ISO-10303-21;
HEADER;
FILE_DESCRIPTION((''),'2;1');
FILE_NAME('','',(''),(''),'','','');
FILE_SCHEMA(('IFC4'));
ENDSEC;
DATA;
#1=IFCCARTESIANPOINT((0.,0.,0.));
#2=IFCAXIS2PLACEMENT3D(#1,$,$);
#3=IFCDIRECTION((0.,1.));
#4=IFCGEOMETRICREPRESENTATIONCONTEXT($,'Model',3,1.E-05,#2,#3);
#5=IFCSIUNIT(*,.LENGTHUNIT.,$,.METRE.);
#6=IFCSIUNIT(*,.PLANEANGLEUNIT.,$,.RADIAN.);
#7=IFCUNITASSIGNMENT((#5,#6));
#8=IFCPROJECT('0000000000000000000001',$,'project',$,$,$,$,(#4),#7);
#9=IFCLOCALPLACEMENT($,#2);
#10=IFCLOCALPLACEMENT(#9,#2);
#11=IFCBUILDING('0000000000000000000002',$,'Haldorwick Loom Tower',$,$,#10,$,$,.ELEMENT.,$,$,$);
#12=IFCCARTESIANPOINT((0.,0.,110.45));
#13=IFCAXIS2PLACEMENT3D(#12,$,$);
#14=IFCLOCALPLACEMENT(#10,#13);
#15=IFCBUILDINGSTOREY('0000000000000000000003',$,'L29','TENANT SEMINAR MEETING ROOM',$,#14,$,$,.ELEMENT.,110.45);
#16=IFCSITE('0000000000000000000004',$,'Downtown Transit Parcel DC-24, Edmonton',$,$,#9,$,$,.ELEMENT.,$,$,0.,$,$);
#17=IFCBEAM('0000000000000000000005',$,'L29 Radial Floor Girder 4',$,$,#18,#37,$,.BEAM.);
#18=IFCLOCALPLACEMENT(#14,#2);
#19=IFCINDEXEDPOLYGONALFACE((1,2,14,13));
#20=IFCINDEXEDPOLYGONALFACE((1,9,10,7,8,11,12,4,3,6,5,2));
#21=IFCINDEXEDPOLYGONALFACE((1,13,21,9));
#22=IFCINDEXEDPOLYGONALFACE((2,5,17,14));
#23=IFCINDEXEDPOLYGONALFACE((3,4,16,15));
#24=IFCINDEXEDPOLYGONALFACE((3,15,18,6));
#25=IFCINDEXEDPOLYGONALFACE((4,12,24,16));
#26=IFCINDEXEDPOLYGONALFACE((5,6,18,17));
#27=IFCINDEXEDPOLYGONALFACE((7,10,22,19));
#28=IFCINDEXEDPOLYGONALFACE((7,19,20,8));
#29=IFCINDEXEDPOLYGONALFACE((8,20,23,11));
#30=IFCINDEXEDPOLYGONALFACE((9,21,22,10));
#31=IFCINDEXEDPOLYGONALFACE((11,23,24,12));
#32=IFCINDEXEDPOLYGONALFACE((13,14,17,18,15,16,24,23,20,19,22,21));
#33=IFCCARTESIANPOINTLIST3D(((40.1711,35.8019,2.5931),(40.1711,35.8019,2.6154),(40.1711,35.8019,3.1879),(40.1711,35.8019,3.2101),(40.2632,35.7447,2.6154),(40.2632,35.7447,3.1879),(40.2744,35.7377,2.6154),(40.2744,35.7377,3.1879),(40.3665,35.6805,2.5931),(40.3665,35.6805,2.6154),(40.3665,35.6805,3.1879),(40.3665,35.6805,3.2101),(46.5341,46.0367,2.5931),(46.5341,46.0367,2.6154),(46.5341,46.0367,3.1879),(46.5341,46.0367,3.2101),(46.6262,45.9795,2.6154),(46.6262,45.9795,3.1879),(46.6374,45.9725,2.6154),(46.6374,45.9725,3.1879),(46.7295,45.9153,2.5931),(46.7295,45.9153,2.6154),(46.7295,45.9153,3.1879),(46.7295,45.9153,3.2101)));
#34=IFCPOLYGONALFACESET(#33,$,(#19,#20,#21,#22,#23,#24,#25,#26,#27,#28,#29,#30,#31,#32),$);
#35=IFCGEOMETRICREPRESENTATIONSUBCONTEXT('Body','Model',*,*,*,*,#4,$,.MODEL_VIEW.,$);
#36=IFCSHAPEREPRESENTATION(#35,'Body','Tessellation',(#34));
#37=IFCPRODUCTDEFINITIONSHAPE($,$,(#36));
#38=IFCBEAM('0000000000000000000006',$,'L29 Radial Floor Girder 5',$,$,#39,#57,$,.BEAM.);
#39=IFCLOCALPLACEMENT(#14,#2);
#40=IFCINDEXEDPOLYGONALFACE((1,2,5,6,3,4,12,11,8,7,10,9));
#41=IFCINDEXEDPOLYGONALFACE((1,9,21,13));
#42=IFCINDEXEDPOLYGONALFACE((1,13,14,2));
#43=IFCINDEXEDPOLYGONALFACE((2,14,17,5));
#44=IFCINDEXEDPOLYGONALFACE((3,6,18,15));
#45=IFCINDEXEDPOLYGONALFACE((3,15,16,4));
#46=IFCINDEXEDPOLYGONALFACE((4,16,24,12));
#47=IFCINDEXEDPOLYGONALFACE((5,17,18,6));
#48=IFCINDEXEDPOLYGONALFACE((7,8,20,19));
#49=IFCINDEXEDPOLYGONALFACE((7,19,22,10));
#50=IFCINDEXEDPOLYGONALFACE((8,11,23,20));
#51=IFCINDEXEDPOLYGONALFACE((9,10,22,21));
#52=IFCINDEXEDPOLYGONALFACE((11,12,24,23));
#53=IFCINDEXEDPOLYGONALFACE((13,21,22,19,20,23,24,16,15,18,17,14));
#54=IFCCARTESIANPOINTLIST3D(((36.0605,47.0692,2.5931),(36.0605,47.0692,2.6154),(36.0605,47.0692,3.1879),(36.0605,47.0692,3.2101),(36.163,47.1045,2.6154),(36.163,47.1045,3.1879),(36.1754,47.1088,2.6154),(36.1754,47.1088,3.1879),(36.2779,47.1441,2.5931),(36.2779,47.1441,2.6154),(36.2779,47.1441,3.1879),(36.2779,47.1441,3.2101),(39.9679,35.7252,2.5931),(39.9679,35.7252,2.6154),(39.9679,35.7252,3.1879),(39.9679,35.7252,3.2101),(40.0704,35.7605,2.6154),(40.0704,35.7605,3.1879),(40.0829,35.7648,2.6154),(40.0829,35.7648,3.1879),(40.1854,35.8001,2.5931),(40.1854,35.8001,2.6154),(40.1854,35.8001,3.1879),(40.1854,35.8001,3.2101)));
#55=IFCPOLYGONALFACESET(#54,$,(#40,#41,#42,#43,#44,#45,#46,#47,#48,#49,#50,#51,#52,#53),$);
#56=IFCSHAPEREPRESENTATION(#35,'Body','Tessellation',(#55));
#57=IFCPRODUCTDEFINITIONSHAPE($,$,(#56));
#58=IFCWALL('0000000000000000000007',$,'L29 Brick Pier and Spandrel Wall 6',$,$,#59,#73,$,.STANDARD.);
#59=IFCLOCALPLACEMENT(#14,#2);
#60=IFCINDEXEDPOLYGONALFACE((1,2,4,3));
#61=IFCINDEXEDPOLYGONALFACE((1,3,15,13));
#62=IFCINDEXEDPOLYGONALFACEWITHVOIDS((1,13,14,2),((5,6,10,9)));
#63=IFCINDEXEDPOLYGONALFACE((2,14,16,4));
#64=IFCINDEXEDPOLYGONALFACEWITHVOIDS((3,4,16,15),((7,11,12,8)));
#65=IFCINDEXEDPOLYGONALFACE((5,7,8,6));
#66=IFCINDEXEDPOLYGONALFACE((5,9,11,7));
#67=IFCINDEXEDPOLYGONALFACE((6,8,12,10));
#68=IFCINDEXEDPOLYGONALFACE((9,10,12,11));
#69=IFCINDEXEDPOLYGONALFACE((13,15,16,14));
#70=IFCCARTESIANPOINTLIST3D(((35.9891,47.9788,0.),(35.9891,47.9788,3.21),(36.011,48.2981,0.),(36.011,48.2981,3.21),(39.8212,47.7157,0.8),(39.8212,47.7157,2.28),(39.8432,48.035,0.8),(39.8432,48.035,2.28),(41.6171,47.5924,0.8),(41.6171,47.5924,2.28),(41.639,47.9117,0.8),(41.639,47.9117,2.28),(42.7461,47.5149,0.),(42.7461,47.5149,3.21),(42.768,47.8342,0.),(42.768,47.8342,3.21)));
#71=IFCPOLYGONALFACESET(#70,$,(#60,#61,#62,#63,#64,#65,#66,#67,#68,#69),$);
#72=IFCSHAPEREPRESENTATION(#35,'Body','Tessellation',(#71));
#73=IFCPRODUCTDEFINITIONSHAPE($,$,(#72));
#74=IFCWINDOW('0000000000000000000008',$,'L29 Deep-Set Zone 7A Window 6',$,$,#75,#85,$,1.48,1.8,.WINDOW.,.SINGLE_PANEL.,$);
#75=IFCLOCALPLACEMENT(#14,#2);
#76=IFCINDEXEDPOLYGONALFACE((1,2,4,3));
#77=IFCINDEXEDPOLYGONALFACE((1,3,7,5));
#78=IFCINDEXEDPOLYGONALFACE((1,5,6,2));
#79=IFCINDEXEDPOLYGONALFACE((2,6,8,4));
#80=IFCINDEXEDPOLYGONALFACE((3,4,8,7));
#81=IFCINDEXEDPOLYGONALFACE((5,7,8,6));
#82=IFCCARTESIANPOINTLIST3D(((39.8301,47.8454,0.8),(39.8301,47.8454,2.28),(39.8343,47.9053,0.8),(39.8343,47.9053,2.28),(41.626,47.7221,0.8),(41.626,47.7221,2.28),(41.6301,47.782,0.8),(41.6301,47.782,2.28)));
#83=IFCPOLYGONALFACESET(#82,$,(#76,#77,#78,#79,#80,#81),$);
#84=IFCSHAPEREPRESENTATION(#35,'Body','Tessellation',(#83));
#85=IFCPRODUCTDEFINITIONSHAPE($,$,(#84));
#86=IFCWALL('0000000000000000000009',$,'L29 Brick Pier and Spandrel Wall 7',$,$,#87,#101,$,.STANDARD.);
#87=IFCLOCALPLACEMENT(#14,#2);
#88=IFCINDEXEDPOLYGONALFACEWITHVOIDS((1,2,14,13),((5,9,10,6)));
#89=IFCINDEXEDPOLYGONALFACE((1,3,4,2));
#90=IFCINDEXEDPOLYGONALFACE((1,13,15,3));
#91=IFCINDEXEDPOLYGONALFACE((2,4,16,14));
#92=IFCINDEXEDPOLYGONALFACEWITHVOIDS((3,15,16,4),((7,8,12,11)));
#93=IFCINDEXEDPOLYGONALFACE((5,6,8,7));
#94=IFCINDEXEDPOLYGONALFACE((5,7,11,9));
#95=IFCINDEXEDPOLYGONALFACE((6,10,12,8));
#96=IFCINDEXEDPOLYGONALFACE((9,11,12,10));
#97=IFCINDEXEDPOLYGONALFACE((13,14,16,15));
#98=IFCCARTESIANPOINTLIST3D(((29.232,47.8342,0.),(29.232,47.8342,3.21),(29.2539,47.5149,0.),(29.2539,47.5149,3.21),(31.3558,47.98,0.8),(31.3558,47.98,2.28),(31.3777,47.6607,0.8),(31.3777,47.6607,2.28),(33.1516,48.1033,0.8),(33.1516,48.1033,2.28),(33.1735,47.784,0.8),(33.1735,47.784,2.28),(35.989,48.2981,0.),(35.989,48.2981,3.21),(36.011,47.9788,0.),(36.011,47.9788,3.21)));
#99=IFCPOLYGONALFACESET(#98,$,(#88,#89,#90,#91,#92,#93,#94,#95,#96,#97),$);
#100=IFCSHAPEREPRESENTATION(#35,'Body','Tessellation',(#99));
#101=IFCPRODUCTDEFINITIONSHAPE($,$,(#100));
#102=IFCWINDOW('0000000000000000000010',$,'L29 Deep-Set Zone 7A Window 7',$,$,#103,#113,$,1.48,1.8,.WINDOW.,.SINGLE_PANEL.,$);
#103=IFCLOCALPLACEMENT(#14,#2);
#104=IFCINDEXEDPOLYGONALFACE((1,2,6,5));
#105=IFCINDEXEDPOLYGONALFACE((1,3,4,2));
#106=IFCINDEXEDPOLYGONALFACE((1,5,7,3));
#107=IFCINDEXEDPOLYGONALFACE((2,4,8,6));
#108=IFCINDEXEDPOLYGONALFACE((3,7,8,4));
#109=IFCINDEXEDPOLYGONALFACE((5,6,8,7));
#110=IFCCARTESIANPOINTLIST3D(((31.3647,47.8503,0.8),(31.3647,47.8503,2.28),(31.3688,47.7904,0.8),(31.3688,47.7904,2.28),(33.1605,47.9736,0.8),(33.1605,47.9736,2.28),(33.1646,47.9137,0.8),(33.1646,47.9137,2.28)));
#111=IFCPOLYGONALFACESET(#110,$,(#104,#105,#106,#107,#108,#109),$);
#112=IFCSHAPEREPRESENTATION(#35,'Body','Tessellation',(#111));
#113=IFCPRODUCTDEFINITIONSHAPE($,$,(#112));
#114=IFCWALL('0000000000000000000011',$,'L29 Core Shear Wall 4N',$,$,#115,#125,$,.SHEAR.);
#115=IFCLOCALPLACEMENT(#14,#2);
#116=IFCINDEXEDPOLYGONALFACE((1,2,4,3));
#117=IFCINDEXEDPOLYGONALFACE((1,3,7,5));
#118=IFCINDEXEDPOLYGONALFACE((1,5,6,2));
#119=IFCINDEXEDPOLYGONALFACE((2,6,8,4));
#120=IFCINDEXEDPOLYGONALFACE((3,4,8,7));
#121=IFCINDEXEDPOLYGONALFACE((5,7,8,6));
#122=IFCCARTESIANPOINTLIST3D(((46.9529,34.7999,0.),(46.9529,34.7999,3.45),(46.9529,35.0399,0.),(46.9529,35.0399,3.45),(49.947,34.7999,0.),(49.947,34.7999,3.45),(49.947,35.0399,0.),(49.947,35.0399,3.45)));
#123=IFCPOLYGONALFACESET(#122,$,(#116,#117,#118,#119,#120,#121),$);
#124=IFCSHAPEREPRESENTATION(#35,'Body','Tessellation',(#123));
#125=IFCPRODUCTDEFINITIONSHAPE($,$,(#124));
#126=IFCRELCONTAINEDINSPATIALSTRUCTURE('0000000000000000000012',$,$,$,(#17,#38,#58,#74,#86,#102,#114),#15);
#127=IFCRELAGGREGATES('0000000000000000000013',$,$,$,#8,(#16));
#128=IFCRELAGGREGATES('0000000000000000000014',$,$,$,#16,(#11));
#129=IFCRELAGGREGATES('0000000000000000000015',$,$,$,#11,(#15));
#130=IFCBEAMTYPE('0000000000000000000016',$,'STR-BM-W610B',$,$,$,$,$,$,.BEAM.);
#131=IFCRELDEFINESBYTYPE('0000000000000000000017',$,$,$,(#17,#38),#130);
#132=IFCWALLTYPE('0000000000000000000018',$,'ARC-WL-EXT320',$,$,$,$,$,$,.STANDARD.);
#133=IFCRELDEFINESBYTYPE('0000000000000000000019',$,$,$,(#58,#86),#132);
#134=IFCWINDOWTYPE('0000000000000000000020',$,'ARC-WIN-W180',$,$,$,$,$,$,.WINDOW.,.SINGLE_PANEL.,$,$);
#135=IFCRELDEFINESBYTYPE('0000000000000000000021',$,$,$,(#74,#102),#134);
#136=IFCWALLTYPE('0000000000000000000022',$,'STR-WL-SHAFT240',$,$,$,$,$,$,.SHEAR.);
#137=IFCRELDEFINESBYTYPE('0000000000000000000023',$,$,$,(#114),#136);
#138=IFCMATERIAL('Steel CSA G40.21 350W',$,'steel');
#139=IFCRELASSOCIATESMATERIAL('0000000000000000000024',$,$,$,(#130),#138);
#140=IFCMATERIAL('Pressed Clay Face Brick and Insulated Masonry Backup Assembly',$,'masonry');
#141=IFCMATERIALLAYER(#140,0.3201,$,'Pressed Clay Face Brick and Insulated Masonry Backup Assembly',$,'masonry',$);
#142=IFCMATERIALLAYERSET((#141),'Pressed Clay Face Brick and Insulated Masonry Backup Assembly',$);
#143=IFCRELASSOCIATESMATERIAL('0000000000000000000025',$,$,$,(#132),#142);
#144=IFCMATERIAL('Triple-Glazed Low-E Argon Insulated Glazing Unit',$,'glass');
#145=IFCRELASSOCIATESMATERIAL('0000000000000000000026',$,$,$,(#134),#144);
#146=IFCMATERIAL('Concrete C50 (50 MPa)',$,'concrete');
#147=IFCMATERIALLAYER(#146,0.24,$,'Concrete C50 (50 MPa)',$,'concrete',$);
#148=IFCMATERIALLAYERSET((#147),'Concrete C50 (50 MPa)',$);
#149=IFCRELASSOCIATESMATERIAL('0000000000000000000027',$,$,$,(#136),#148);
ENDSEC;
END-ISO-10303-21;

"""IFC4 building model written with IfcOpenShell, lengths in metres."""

from ifc_helpers import new_model, si_unit, direction, frame, frame_2d, origin, origin_2d, place, context, subcontext, project, spatial, rectangle, i_section, extrude, material, layer, layer_set, material_profile, profile_set, type_object, element, fill, save


model = new_model("IFC4")

# Units and contexts
model_context = context("Model", 3, precision=1e-05, world=origin(), true_north=direction((0.0, 1.0)))
body_context = subcontext(model_context, "Body", "Model", "MODEL_VIEW")
ifc_project = project(units=[si_unit("LENGTHUNIT", "METRE"), si_unit("PLANEANGLEUNIT", "RADIAN")], contexts=[model_context])

# Site, building, storey
site_placement = place(None, origin())
site = spatial("IfcSite", under=ifc_project, at=site_placement, Name="Downtown Transit Parcel DC-24, Edmonton", CompositionType="ELEMENT", RefElevation=0.0)
building_placement = place(site_placement, origin())
building = spatial("IfcBuilding", under=site, at=building_placement, Name="Haldorwick Loom Tower", CompositionType="ELEMENT")
storey_placement = place(building_placement, frame((0.0, 0.0, 110.45)))
storey = spatial("IfcBuildingStorey", under=building, at=storey_placement, Name="L29", Description="TENANT SEMINAR MEETING ROOM", CompositionType="ELEMENT", Elevation=110.45)

# Beams
ifc_material_1 = material(Name="Steel CSA G40.21 350W", Category="steel")
ifc_material_profile_1 = material_profile(ifc_material_1, i_section(OverallWidth=0.23, OverallDepth=0.6169, WebThickness=0.0132, FlangeThickness=0.0222, at=origin_2d()), Name="W610X140", Category="steel")
ifc_profile_set_1 = profile_set([ifc_material_profile_1], Name="Steel CSA G40.21 350W")
beam_type_1 = type_object("IfcBeamType", Name="STR-BM-W610B", PredefinedType="BEAM", material=ifc_profile_set_1)
beam_1_placement = place(storey_placement, frame((40.2688, 35.7412, 2.9016), z_axis=(0.527983, 0.849255, 0.0), x_axis=(-0.849255, 0.527983, 0.0)))
element("IfcBeam", 1, at=beam_1_placement, inside=storey, type_object=beam_type_1, Name="L29 Radial Floor Girder 4", PredefinedType="BEAM", context=body_context, shape_type="SweptSolid", body=[
    extrude(i_section(OverallWidth=0.23, OverallDepth=0.6169, WebThickness=0.0132, FlangeThickness=0.0222, at=origin_2d()), origin(), (0.0, 0.0, 1.0), 12.0515),
])
beam_2_placement = place(storey_placement, frame((40.0767, 35.7627, 2.9016), z_axis=(-0.325674, 0.945482, 0.0), x_axis=(-0.945482, -0.325674, 0.0)))
element("IfcBeam", 2, at=beam_2_placement, inside=storey, type_object=beam_type_1, Name="L29 Radial Floor Girder 5", PredefinedType="BEAM", context=body_context, shape_type="SweptSolid", body=[
    extrude(i_section(OverallWidth=0.23, OverallDepth=0.6169, WebThickness=0.0132, FlangeThickness=0.0222, at=origin_2d()), origin(), (0.0, 0.0, 1.0), 11.998),
])

# Walls, openings, windows
ifc_material_2 = material(Name="Pressed Clay Face Brick and Insulated Masonry Backup Assembly", Category="masonry")
ifc_layer_1 = layer(ifc_material_2, 0.3201, Name="Pressed Clay Face Brick and Insulated Masonry Backup Assembly", Category="masonry")
ifc_layer_set_1 = layer_set([ifc_layer_1], Name="Pressed Clay Face Brick and Insulated Masonry Backup Assembly")
wall_type_1 = type_object("IfcWallType", Name="ARC-WL-EXT320", PredefinedType="STANDARD", material=ifc_layer_set_1)
wall_1_placement = place(storey_placement, frame((42.7571, 47.6746, 0.0), z_axis=(0.0, 0.0, 1.0), x_axis=(-0.997652, 0.068488, 0.0)))
wall_1 = element("IfcWall", 3, at=wall_1_placement, inside=storey, type_object=wall_type_1, Name="L29 Brick Pier and Spandrel Wall 6", PredefinedType="STANDARD", context=body_context, shape_type="SweptSolid", body=[
    extrude(rectangle(XDim=6.7729, YDim=0.3201, at=frame_2d((3.3865, 0.0))), origin(), (0.0, 0.0, 1.0), 3.21),
])
opening_1_placement = place(wall_1_placement, frame((1.1318, 0.0, 0.8)))
opening_1 = element("IfcOpeningElement", 4, at=opening_1_placement, cuts=wall_1, PredefinedType="OPENING", context=body_context, shape_type="SweptSolid", body=[
    extrude(rectangle(XDim=1.8, YDim=1.48, at=frame_2d((0.8999, 0.74))), frame((0.0, 0.1699, 0.0), z_axis=(0.0, -1.0, 0.0), x_axis=(1.0, 0.0, 0.0)), (0.0, 0.0, 1.0), 0.3401),
])
ifc_material_3 = material(Name="Triple-Glazed Low-E Argon Insulated Glazing Unit", Category="glass")
window_type = type_object("IfcWindowType", Name="ARC-WIN-W180", PartitioningType="SINGLE_PANEL", PredefinedType="WINDOW", material=ifc_material_3)
window_1_placement = place(opening_1_placement, origin())
window_1 = element("IfcWindow", 5, at=window_1_placement, inside=storey, type_object=window_type, Name="L29 Deep-Set Zone 7A Window 6", OverallHeight=1.48, OverallWidth=1.8, PartitioningType="SINGLE_PANEL", PredefinedType="WINDOW", context=body_context, shape_type="SweptSolid", body=[
    extrude(rectangle(XDim=1.8, YDim=1.48, at=frame_2d((0.8999, 0.74))), frame((0.0, 0.03, 0.0), z_axis=(0.0, -1.0, 0.0), x_axis=(1.0, 0.0, 0.0)), (0.0, 0.0, 1.0), 0.0601),
])
fill(opening_1, window_1)
wall_2_placement = place(storey_placement, frame((36.0, 48.1384, 0.0), z_axis=(0.0, 0.0, 1.0), x_axis=(-0.997652, -0.068488, 0.0)))
wall_2 = element("IfcWall", 6, at=wall_2_placement, inside=storey, type_object=wall_type_1, Name="L29 Brick Pier and Spandrel Wall 7", PredefinedType="STANDARD", context=body_context, shape_type="SweptSolid", body=[
    extrude(rectangle(XDim=6.7729, YDim=0.3201, at=frame_2d((3.3865, 0.0))), origin(), (0.0, 0.0, 1.0), 3.21),
])
opening_2_placement = place(wall_2_placement, frame((2.8442, 0.0, 0.8)))
opening_2 = element("IfcOpeningElement", 7, at=opening_2_placement, cuts=wall_2, PredefinedType="OPENING", context=body_context, shape_type="SweptSolid", body=[
    extrude(rectangle(XDim=1.8, YDim=1.48, at=frame_2d((0.8999, 0.74))), frame((0.0, 0.1699, 0.0), z_axis=(0.0, -1.0, 0.0), x_axis=(1.0, 0.0, 0.0)), (0.0, 0.0, 1.0), 0.3401),
])
window_2_placement = place(opening_2_placement, origin())
window_2 = element("IfcWindow", 8, at=window_2_placement, inside=storey, type_object=window_type, Name="L29 Deep-Set Zone 7A Window 7", OverallHeight=1.48, OverallWidth=1.8, PartitioningType="SINGLE_PANEL", PredefinedType="WINDOW", context=body_context, shape_type="SweptSolid", body=[
    extrude(rectangle(XDim=1.8, YDim=1.48, at=frame_2d((0.8999, 0.74))), frame((0.0, 0.03, 0.0), z_axis=(0.0, -1.0, 0.0), x_axis=(1.0, 0.0, 0.0)), (0.0, 0.0, 1.0), 0.0601),
])
fill(opening_2, window_2)

# Wall
ifc_material_4 = material(Name="Concrete C50 (50 MPa)", Category="concrete")
ifc_layer_2 = layer(ifc_material_4, 0.24, Name="Concrete C50 (50 MPa)", Category="concrete")
ifc_layer_set_2 = layer_set([ifc_layer_2], Name="Concrete C50 (50 MPa)")
wall_type_2 = type_object("IfcWallType", Name="STR-WL-SHAFT240", PredefinedType="SHEAR", material=ifc_layer_set_2)
wall_3_placement = place(storey_placement, frame((46.9529, 34.9199, 0.0), z_axis=(0.0, 0.0, 1.0), x_axis=(1.0, 0.0, 0.0)))
element("IfcWall", 9, at=wall_3_placement, inside=storey, type_object=wall_type_2, Name="L29 Core Shear Wall 4N", PredefinedType="SHEAR", context=body_context, shape_type="SweptSolid", body=[
    extrude(rectangle(XDim=2.9941, YDim=0.24, at=frame_2d((1.4971, 0.0))), origin(), (0.0, 0.0, 1.0), 3.45),
])

save(model, "model.ifc")
